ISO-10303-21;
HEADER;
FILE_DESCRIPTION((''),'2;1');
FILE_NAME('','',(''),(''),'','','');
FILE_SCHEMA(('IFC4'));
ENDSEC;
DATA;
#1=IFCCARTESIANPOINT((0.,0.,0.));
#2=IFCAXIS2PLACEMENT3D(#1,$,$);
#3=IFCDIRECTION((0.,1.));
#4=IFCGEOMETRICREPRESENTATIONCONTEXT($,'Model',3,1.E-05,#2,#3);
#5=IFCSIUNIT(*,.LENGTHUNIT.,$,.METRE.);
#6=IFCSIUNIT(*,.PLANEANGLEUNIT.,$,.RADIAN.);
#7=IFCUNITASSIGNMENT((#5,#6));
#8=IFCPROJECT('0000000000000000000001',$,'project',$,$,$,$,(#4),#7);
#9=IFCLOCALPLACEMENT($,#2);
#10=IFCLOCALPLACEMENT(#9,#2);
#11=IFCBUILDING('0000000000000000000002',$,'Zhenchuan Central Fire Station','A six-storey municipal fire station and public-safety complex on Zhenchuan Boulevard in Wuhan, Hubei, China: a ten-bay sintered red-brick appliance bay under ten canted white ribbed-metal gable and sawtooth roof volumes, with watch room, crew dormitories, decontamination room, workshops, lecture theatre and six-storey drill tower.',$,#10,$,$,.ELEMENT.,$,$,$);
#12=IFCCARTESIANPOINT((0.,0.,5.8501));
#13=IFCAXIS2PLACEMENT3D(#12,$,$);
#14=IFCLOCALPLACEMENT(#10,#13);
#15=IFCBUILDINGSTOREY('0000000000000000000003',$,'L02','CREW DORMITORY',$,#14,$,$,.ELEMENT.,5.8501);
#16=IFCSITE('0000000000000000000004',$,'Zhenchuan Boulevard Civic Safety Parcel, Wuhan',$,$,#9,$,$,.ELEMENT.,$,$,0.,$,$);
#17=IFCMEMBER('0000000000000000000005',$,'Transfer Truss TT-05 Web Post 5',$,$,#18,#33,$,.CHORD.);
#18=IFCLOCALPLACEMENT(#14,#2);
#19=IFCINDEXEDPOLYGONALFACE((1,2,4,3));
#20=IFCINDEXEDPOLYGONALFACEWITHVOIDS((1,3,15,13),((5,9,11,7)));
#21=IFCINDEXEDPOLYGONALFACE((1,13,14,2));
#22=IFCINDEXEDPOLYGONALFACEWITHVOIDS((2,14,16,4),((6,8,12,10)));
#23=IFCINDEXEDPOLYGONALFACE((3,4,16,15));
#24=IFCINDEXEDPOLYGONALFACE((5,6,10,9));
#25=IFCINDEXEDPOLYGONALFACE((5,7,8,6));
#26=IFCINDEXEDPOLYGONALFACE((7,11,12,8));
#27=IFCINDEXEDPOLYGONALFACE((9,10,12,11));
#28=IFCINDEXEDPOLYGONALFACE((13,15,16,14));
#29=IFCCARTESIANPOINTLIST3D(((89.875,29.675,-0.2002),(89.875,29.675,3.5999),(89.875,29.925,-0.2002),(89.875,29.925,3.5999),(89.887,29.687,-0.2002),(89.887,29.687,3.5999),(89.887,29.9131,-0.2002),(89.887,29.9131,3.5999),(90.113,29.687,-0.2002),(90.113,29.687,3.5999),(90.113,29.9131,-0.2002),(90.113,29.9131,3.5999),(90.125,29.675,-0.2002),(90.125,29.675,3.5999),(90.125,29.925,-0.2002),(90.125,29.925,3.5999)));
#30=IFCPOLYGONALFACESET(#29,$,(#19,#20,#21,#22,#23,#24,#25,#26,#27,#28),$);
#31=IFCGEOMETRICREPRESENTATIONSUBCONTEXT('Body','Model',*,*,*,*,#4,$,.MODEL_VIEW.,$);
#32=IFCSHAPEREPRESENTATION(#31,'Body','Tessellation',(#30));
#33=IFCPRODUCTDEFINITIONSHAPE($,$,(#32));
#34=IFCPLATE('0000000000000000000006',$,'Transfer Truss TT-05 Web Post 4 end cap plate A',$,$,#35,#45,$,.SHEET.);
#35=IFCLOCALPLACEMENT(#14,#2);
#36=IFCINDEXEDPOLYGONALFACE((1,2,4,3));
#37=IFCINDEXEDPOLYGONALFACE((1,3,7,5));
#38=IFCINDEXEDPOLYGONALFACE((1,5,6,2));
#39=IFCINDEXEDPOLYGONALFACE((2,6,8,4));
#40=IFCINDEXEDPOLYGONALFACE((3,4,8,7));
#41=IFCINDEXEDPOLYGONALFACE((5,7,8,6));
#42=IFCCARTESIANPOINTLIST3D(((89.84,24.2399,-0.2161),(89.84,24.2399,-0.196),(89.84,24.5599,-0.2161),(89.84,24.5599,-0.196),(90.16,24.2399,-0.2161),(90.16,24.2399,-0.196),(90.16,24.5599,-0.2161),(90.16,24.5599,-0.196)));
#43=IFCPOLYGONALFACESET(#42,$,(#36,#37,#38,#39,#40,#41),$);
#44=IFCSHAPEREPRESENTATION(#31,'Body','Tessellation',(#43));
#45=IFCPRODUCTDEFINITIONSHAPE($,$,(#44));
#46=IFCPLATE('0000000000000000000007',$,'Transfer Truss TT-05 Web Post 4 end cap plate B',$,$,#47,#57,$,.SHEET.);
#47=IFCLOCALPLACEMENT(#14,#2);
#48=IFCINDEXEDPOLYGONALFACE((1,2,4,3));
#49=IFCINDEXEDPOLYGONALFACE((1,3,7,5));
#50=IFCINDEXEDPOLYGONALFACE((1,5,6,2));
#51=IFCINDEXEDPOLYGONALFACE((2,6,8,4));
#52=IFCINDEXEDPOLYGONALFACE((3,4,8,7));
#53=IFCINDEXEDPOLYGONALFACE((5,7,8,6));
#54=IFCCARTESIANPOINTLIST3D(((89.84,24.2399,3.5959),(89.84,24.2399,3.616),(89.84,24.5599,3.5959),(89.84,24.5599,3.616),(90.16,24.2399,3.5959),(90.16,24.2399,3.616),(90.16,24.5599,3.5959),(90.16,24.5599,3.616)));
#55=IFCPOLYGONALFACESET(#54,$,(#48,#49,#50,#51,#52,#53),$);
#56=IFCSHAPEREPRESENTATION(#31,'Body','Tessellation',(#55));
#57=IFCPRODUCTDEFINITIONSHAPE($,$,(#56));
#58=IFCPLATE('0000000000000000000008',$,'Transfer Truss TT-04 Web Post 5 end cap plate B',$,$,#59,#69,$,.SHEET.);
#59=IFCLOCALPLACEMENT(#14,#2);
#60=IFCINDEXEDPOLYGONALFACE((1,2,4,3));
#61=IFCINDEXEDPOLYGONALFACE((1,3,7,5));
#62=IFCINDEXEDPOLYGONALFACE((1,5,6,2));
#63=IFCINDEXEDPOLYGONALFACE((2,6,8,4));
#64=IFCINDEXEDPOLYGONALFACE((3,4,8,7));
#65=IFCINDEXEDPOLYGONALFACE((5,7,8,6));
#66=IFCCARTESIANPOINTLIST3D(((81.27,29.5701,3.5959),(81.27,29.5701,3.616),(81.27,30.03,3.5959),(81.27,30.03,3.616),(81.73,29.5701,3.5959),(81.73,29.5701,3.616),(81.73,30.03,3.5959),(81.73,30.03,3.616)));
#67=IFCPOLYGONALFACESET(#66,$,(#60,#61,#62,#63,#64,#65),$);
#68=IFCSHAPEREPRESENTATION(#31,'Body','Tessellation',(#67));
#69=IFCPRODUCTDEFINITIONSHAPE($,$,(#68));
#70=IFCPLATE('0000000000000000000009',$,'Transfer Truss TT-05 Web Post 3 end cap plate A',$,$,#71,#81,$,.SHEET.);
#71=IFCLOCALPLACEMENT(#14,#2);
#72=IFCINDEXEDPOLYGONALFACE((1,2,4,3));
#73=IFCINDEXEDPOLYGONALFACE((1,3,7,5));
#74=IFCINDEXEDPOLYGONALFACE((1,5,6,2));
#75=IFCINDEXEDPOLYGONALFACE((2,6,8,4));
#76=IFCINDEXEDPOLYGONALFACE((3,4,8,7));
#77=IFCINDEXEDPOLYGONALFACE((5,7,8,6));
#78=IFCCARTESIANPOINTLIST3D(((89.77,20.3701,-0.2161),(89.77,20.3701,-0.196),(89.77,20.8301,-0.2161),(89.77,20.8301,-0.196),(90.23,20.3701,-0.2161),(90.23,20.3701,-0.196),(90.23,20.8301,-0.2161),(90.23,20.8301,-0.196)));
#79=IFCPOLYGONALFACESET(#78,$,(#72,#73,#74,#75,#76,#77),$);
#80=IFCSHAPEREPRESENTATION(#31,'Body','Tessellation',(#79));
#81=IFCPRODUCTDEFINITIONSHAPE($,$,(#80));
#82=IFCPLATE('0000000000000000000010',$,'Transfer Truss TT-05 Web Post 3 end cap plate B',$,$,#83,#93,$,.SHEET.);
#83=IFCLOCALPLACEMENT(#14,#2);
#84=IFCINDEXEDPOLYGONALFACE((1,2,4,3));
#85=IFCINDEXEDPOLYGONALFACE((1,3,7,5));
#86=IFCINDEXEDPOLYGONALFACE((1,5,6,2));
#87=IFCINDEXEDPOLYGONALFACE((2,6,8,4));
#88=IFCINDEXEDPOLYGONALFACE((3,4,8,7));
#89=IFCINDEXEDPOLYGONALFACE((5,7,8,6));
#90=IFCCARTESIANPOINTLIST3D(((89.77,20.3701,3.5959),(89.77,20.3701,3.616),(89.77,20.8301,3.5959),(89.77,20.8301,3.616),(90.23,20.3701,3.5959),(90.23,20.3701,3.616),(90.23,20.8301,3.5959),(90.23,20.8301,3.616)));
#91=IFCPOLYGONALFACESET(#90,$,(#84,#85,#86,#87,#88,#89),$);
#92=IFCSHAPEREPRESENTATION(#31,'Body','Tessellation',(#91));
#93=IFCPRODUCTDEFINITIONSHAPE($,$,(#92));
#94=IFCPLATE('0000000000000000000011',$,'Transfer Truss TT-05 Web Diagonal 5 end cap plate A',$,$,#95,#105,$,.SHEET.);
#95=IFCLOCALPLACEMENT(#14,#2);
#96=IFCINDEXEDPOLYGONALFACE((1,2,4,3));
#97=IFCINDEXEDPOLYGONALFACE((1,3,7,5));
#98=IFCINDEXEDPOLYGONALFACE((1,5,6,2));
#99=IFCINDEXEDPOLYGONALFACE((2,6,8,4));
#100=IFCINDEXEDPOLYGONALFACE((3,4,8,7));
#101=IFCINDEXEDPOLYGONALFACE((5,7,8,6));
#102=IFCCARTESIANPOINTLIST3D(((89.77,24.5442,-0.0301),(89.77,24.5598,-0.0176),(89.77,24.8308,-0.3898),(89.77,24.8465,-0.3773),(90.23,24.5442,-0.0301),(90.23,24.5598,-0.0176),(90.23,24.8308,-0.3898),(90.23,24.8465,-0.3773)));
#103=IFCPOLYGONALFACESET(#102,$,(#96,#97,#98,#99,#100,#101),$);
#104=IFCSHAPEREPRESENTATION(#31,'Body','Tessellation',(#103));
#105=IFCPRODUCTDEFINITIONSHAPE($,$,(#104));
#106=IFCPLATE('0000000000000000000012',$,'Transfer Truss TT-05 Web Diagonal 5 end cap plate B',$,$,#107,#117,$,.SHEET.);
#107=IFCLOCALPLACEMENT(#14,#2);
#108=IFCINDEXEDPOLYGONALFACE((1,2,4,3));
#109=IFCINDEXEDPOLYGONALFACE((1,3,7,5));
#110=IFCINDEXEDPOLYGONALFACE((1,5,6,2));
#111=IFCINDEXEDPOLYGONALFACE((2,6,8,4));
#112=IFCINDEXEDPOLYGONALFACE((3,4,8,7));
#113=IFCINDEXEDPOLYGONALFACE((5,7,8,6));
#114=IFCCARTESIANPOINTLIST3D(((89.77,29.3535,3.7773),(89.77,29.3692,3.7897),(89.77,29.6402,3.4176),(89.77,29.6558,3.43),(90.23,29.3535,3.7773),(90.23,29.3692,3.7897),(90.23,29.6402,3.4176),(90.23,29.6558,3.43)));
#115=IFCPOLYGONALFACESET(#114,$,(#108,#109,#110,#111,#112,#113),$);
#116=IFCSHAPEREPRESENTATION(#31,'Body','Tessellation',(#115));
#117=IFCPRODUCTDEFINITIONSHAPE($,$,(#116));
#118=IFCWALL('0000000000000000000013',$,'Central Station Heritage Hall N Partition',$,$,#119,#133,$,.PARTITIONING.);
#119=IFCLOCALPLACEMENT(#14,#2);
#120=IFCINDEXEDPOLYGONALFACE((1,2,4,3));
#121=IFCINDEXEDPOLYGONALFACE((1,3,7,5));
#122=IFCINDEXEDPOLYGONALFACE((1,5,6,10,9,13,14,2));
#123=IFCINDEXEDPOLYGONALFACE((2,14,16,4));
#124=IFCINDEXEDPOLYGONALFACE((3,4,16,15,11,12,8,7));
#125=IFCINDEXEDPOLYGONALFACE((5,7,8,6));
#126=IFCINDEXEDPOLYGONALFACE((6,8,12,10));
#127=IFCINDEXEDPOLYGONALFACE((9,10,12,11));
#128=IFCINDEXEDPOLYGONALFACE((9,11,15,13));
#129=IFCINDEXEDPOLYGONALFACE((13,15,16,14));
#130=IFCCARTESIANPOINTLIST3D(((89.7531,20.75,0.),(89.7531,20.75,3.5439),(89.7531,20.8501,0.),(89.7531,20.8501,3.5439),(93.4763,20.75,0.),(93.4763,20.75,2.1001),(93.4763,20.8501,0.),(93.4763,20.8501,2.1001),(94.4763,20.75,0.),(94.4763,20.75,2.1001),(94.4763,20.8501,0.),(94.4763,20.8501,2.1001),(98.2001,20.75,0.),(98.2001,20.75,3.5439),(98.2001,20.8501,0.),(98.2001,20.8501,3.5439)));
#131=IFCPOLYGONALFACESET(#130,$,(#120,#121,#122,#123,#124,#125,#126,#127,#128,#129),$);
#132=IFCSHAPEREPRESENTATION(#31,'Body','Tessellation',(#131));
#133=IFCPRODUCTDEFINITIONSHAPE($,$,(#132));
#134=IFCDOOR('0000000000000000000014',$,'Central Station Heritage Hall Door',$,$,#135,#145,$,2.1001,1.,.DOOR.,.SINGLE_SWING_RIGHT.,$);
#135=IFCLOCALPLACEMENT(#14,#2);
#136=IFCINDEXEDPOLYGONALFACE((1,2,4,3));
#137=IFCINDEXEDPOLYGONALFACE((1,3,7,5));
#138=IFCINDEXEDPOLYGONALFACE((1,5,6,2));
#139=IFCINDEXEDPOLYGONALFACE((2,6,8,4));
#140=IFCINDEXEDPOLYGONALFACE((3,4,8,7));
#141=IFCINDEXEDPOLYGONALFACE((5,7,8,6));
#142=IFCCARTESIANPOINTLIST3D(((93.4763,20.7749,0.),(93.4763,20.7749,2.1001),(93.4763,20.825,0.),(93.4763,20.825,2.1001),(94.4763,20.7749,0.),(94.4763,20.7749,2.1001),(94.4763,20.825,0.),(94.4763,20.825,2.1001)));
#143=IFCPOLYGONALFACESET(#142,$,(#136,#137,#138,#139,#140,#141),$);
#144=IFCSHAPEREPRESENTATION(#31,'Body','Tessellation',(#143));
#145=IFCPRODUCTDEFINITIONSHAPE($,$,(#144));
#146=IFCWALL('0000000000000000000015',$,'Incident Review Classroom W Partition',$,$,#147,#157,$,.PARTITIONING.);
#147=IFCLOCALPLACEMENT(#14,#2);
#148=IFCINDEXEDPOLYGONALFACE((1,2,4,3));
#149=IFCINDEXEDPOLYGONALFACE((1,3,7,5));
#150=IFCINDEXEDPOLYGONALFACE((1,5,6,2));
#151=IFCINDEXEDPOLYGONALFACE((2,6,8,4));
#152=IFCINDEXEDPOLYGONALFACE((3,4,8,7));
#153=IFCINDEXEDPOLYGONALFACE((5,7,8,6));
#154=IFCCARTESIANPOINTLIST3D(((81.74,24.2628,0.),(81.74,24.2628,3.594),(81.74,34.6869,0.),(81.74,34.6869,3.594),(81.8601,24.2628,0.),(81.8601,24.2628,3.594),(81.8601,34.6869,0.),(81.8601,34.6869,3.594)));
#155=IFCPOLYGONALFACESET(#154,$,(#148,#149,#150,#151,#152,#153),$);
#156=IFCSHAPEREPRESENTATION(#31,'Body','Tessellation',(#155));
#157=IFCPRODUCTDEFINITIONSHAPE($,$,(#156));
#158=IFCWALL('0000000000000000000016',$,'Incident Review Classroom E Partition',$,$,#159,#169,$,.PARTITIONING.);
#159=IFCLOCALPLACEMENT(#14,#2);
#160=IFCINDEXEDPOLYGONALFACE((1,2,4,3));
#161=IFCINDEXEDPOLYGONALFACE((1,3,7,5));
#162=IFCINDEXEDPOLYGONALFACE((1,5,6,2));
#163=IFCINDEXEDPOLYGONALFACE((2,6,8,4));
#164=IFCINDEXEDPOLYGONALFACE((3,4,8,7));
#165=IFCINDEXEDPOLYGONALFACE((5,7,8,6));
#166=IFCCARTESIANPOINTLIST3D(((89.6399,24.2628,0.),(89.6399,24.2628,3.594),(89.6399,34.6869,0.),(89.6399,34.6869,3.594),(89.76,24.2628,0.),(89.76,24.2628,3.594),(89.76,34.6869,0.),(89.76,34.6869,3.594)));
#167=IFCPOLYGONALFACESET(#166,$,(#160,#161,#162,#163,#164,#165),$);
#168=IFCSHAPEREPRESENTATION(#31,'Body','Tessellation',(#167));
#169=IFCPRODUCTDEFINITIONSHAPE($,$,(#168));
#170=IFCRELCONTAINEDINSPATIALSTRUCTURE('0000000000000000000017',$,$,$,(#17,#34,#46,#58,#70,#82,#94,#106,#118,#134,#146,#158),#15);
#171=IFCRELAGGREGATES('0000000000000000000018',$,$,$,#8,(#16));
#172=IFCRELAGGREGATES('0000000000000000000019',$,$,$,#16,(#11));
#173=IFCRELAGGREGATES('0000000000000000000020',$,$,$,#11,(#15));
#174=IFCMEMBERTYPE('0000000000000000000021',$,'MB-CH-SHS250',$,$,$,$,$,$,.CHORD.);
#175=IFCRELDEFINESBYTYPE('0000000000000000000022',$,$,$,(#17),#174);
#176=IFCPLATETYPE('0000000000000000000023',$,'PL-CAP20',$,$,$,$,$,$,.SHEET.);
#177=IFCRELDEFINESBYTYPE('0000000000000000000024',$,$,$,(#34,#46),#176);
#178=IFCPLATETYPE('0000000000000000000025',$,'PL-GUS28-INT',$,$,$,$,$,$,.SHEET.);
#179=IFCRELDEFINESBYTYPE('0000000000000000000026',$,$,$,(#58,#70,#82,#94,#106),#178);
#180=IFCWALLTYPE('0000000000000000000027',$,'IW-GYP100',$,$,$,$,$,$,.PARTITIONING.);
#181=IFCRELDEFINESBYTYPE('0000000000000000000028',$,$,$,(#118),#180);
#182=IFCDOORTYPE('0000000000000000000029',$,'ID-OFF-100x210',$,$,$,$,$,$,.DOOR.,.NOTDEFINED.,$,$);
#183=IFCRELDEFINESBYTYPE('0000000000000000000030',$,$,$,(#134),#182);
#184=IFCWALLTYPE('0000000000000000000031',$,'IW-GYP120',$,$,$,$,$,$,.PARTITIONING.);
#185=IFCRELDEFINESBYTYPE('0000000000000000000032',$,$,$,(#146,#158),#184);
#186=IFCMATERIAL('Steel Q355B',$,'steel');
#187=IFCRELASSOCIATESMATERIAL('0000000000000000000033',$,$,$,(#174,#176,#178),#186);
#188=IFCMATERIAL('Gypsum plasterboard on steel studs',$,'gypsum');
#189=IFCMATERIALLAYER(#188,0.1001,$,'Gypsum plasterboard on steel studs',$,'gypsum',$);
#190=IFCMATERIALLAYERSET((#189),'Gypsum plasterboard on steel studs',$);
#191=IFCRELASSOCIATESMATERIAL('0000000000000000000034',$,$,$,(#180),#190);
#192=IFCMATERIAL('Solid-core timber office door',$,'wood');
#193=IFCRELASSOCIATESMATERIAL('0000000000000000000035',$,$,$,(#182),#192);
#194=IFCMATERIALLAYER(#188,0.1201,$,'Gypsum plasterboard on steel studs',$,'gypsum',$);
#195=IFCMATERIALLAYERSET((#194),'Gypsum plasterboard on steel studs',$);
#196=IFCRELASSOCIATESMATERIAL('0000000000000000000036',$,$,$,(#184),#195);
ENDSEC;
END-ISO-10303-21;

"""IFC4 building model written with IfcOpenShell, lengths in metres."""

from ifc_helpers import new_model, si_unit, direction, frame, frame_2d, origin, origin_2d, place, context, subcontext, project, spatial, rectangle, hollow_rectangle, extrude, material, layer, layer_set, material_profile, profile_set, type_object, element, fill, save


model = new_model("IFC4")

# Units and contexts
model_context = context("Model", 3, precision=1e-05, world=origin(), true_north=direction((0.0, 1.0)))
body_context = subcontext(model_context, "Body", "Model", "MODEL_VIEW")
ifc_project = project(units=[si_unit("LENGTHUNIT", "METRE"), si_unit("PLANEANGLEUNIT", "RADIAN")], contexts=[model_context])

# Site, building, storey
site_placement = place(None, origin())
site = spatial("IfcSite", under=ifc_project, at=site_placement, Name="Zhenchuan Boulevard Civic Safety Parcel, Wuhan", CompositionType="ELEMENT", RefElevation=0.0)
building_placement = place(site_placement, origin())
building = spatial("IfcBuilding", under=site, at=building_placement, Name="Zhenchuan Central Fire Station", Description="A six-storey municipal fire station and public-safety complex on Zhenchuan Boulevard in Wuhan, Hubei, China: a ten-bay sintered red-brick appliance bay under ten canted white ribbed-metal gable and sawtooth roof volumes, with watch room, crew dormitories, decontamination room, workshops, lecture theatre and six-storey drill tower.", CompositionType="ELEMENT")
storey_placement = place(building_placement, frame((0.0, 0.0, 5.8501)))
storey = spatial("IfcBuildingStorey", under=building, at=storey_placement, Name="L02", Description="CREW DORMITORY", CompositionType="ELEMENT", Elevation=5.8501)

# Shared definitions
ifc_material_1 = material(Name="Steel Q355B", Category="steel")

# Member
ifc_material_profile_1 = material_profile(ifc_material_1, hollow_rectangle(XDim=0.25, YDim=0.25, WallThickness=0.012, at=origin_2d()), Name="SHS 250x250x12")
ifc_profile_set_1 = profile_set([ifc_material_profile_1], Name="Steel Q355B")
member_type_1 = type_object("IfcMemberType", Name="MB-CH-SHS250", PredefinedType="CHORD", material=ifc_profile_set_1)
for number, where, z_axis, x_axis, name in (
    (1, (90.0, 29.8, -0.2002), (0.0, 0.0, 1.0), (1.0, 0.0, 0.0), "Transfer Truss TT-05 Web Post 5"),
):
    element("IfcMember", number, at=place(storey_placement, frame(where, z_axis=z_axis, x_axis=x_axis)), inside=storey, type_object=member_type_1, Name=name, PredefinedType="CHORD", context=body_context, shape_type="SweptSolid", body=[
        extrude(hollow_rectangle(XDim=0.25, YDim=0.25, WallThickness=0.012, at=origin_2d()), origin(), (0.0, 0.0, 1.0), 3.8),
    ])

# Plates
ifc_material_profile_2 = material_profile(ifc_material_1, rectangle(XDim=0.3201, YDim=0.3201, at=origin_2d()), Name="PL 320x320x20")
ifc_profile_set_2 = profile_set([ifc_material_profile_2], Name="Steel Q355B")
plate_type_1 = type_object("IfcPlateType", Name="PL-CAP20", PredefinedType="SHEET", material=ifc_profile_set_2)
for number, where, z_axis, x_axis, name in (
    (2, (90.0, 24.3999, -0.2161), (0.0, 0.0, 1.0), (1.0, 0.0, 0.0), "Transfer Truss TT-05 Web Post 4 end cap plate A"),
    (3, (90.0, 24.3999, 3.5959), (0.0, 0.0, 1.0), (1.0, 0.0, 0.0), "Transfer Truss TT-05 Web Post 4 end cap plate B"),
):
    element("IfcPlate", number, at=place(storey_placement, frame(where, z_axis=z_axis, x_axis=x_axis)), inside=storey, type_object=plate_type_1, Name=name, PredefinedType="SHEET", context=body_context, shape_type="SweptSolid", body=[
        extrude(rectangle(XDim=0.3201, YDim=0.3201, at=origin_2d()), origin(), (0.0, 0.0, 1.0), 0.02),
    ])
ifc_material_profile_3 = material_profile(ifc_material_1, rectangle(XDim=0.46, YDim=0.46, at=origin_2d()), Name="PL 460x460x28")
ifc_profile_set_3 = profile_set([ifc_material_profile_3], Name="Steel Q355B")
plate_type_2 = type_object("IfcPlateType", Name="PL-GUS28-INT", PredefinedType="SHEET", material=ifc_profile_set_3)
for number, where, z_axis, x_axis, name in (
    (4, (81.5, 29.8, 3.5959), (0.0, 0.0, 1.0), (1.0, 0.0, 0.0), "Transfer Truss TT-04 Web Post 5 end cap plate B"),
    (5, (90.0, 20.6001, -0.2161), (0.0, 0.0, 1.0), (1.0, 0.0, 0.0), "Transfer Truss TT-05 Web Post 3 end cap plate A"),
    (6, (90.0, 20.6001, 3.5959), (0.0, 0.0, 1.0), (1.0, 0.0, 0.0), "Transfer Truss TT-05 Web Post 3 end cap plate B"),
    (7, (90.0, 24.6875, -0.21), (0.0, 0.78206, 0.623204), (-1.0, 0.0, 0.0), "Transfer Truss TT-05 Web Diagonal 5 end cap plate A"),
    (8, (90.0, 29.4968, 3.5974), (0.0, 0.78206, 0.623204), (-1.0, 0.0, 0.0), "Transfer Truss TT-05 Web Diagonal 5 end cap plate B"),
):
    element("IfcPlate", number, at=place(storey_placement, frame(where, z_axis=z_axis, x_axis=x_axis)), inside=storey, type_object=plate_type_2, Name=name, PredefinedType="SHEET", context=body_context, shape_type="SweptSolid", body=[
        extrude(rectangle(XDim=0.46, YDim=0.46, at=origin_2d()), origin(), (0.0, 0.0, 1.0), 0.02),
    ])

# Wall, opening, door
ifc_material_2 = material(Name="Gypsum plasterboard on steel studs", Category="gypsum")
ifc_layer_1 = layer(ifc_material_2, 0.1001, Name="Gypsum plasterboard on steel studs", Category="gypsum")
ifc_layer_set_1 = layer_set([ifc_layer_1], Name="Gypsum plasterboard on steel studs")
wall_type_1 = type_object("IfcWallType", Name="IW-GYP100", PredefinedType="PARTITIONING", material=ifc_layer_set_1)
wall_1_placement = place(storey_placement, frame((89.7529, 20.8, 0.0), z_axis=(0.0, 0.0, 1.0), x_axis=(1.0, 0.0, 0.0)))
wall_1 = element("IfcWall", 9, at=wall_1_placement, inside=storey, type_object=wall_type_1, Name="Central Station Heritage Hall N Partition", PredefinedType="PARTITIONING", context=body_context, shape_type="SweptSolid", body=[
    extrude(rectangle(XDim=8.447, YDim=0.1001, at=frame_2d((4.2236, 0.0))), origin(), (0.0, 0.0, 1.0), 3.5439),
])
opening_1_placement = place(wall_1_placement, frame((3.7234, 0.0, 0.0)))
opening_1 = element("IfcOpeningElement", 10, at=opening_1_placement, cuts=wall_1, PredefinedType="OPENING", context=body_context, shape_type="SweptSolid", body=[
    extrude(rectangle(XDim=1.0, YDim=2.1001, at=frame_2d((0.5, 1.05))), frame((0.0, 0.0601, 0.0), z_axis=(0.0, -1.0, 0.0), x_axis=(1.0, 0.0, 0.0)), (0.0, 0.0, 1.0), 0.1201),
])
ifc_material_3 = material(Name="Solid-core timber office door", Category="wood")
door_type_1 = type_object("IfcDoorType", Name="ID-OFF-100x210", OperationType="NOTDEFINED", PredefinedType="DOOR", material=ifc_material_3)
door_1_placement = place(opening_1_placement, origin())
door_1 = element("IfcDoor", 11, at=door_1_placement, inside=storey, type_object=door_type_1, Name="Central Station Heritage Hall Door", OperationType="SINGLE_SWING_RIGHT", OverallHeight=2.1001, OverallWidth=1.0, PredefinedType="DOOR", context=body_context, shape_type="SweptSolid", body=[
    extrude(rectangle(XDim=1.0, YDim=2.1001, at=frame_2d((0.5, 1.05))), frame((0.0, 0.0249, 0.0), z_axis=(0.0, -1.0, 0.0), x_axis=(1.0, 0.0, 0.0)), (0.0, 0.0, 1.0), 0.05),
])
fill(opening_1, door_1)

# Walls
ifc_layer_2 = layer(ifc_material_2, 0.1201, Name="Gypsum plasterboard on steel studs", Category="gypsum")
ifc_layer_set_2 = layer_set([ifc_layer_2], Name="Gypsum plasterboard on steel studs")
wall_type_2 = type_object("IfcWallType", Name="IW-GYP120", PredefinedType="PARTITIONING", material=ifc_layer_set_2)
for number, where, z_axis, x_axis, name in (
    (12, (81.8, 24.2629, 0.0), (0.0, 0.0, 1.0), (0.0, 1.0, 0.0), "Incident Review Classroom W Partition"),
    (13, (89.7, 24.2629, 0.0), (0.0, 0.0, 1.0), (0.0, 1.0, 0.0), "Incident Review Classroom E Partition"),
):
    element("IfcWall", number, at=place(storey_placement, frame(where, z_axis=z_axis, x_axis=x_axis)), inside=storey, type_object=wall_type_2, Name=name, PredefinedType="PARTITIONING", context=body_context, shape_type="SweptSolid", body=[
        extrude(rectangle(XDim=10.4241, YDim=0.1201, at=frame_2d((5.2119, 0.0))), origin(), (0.0, 0.0, 1.0), 3.594),
    ])

save(model, "model.ifc")
